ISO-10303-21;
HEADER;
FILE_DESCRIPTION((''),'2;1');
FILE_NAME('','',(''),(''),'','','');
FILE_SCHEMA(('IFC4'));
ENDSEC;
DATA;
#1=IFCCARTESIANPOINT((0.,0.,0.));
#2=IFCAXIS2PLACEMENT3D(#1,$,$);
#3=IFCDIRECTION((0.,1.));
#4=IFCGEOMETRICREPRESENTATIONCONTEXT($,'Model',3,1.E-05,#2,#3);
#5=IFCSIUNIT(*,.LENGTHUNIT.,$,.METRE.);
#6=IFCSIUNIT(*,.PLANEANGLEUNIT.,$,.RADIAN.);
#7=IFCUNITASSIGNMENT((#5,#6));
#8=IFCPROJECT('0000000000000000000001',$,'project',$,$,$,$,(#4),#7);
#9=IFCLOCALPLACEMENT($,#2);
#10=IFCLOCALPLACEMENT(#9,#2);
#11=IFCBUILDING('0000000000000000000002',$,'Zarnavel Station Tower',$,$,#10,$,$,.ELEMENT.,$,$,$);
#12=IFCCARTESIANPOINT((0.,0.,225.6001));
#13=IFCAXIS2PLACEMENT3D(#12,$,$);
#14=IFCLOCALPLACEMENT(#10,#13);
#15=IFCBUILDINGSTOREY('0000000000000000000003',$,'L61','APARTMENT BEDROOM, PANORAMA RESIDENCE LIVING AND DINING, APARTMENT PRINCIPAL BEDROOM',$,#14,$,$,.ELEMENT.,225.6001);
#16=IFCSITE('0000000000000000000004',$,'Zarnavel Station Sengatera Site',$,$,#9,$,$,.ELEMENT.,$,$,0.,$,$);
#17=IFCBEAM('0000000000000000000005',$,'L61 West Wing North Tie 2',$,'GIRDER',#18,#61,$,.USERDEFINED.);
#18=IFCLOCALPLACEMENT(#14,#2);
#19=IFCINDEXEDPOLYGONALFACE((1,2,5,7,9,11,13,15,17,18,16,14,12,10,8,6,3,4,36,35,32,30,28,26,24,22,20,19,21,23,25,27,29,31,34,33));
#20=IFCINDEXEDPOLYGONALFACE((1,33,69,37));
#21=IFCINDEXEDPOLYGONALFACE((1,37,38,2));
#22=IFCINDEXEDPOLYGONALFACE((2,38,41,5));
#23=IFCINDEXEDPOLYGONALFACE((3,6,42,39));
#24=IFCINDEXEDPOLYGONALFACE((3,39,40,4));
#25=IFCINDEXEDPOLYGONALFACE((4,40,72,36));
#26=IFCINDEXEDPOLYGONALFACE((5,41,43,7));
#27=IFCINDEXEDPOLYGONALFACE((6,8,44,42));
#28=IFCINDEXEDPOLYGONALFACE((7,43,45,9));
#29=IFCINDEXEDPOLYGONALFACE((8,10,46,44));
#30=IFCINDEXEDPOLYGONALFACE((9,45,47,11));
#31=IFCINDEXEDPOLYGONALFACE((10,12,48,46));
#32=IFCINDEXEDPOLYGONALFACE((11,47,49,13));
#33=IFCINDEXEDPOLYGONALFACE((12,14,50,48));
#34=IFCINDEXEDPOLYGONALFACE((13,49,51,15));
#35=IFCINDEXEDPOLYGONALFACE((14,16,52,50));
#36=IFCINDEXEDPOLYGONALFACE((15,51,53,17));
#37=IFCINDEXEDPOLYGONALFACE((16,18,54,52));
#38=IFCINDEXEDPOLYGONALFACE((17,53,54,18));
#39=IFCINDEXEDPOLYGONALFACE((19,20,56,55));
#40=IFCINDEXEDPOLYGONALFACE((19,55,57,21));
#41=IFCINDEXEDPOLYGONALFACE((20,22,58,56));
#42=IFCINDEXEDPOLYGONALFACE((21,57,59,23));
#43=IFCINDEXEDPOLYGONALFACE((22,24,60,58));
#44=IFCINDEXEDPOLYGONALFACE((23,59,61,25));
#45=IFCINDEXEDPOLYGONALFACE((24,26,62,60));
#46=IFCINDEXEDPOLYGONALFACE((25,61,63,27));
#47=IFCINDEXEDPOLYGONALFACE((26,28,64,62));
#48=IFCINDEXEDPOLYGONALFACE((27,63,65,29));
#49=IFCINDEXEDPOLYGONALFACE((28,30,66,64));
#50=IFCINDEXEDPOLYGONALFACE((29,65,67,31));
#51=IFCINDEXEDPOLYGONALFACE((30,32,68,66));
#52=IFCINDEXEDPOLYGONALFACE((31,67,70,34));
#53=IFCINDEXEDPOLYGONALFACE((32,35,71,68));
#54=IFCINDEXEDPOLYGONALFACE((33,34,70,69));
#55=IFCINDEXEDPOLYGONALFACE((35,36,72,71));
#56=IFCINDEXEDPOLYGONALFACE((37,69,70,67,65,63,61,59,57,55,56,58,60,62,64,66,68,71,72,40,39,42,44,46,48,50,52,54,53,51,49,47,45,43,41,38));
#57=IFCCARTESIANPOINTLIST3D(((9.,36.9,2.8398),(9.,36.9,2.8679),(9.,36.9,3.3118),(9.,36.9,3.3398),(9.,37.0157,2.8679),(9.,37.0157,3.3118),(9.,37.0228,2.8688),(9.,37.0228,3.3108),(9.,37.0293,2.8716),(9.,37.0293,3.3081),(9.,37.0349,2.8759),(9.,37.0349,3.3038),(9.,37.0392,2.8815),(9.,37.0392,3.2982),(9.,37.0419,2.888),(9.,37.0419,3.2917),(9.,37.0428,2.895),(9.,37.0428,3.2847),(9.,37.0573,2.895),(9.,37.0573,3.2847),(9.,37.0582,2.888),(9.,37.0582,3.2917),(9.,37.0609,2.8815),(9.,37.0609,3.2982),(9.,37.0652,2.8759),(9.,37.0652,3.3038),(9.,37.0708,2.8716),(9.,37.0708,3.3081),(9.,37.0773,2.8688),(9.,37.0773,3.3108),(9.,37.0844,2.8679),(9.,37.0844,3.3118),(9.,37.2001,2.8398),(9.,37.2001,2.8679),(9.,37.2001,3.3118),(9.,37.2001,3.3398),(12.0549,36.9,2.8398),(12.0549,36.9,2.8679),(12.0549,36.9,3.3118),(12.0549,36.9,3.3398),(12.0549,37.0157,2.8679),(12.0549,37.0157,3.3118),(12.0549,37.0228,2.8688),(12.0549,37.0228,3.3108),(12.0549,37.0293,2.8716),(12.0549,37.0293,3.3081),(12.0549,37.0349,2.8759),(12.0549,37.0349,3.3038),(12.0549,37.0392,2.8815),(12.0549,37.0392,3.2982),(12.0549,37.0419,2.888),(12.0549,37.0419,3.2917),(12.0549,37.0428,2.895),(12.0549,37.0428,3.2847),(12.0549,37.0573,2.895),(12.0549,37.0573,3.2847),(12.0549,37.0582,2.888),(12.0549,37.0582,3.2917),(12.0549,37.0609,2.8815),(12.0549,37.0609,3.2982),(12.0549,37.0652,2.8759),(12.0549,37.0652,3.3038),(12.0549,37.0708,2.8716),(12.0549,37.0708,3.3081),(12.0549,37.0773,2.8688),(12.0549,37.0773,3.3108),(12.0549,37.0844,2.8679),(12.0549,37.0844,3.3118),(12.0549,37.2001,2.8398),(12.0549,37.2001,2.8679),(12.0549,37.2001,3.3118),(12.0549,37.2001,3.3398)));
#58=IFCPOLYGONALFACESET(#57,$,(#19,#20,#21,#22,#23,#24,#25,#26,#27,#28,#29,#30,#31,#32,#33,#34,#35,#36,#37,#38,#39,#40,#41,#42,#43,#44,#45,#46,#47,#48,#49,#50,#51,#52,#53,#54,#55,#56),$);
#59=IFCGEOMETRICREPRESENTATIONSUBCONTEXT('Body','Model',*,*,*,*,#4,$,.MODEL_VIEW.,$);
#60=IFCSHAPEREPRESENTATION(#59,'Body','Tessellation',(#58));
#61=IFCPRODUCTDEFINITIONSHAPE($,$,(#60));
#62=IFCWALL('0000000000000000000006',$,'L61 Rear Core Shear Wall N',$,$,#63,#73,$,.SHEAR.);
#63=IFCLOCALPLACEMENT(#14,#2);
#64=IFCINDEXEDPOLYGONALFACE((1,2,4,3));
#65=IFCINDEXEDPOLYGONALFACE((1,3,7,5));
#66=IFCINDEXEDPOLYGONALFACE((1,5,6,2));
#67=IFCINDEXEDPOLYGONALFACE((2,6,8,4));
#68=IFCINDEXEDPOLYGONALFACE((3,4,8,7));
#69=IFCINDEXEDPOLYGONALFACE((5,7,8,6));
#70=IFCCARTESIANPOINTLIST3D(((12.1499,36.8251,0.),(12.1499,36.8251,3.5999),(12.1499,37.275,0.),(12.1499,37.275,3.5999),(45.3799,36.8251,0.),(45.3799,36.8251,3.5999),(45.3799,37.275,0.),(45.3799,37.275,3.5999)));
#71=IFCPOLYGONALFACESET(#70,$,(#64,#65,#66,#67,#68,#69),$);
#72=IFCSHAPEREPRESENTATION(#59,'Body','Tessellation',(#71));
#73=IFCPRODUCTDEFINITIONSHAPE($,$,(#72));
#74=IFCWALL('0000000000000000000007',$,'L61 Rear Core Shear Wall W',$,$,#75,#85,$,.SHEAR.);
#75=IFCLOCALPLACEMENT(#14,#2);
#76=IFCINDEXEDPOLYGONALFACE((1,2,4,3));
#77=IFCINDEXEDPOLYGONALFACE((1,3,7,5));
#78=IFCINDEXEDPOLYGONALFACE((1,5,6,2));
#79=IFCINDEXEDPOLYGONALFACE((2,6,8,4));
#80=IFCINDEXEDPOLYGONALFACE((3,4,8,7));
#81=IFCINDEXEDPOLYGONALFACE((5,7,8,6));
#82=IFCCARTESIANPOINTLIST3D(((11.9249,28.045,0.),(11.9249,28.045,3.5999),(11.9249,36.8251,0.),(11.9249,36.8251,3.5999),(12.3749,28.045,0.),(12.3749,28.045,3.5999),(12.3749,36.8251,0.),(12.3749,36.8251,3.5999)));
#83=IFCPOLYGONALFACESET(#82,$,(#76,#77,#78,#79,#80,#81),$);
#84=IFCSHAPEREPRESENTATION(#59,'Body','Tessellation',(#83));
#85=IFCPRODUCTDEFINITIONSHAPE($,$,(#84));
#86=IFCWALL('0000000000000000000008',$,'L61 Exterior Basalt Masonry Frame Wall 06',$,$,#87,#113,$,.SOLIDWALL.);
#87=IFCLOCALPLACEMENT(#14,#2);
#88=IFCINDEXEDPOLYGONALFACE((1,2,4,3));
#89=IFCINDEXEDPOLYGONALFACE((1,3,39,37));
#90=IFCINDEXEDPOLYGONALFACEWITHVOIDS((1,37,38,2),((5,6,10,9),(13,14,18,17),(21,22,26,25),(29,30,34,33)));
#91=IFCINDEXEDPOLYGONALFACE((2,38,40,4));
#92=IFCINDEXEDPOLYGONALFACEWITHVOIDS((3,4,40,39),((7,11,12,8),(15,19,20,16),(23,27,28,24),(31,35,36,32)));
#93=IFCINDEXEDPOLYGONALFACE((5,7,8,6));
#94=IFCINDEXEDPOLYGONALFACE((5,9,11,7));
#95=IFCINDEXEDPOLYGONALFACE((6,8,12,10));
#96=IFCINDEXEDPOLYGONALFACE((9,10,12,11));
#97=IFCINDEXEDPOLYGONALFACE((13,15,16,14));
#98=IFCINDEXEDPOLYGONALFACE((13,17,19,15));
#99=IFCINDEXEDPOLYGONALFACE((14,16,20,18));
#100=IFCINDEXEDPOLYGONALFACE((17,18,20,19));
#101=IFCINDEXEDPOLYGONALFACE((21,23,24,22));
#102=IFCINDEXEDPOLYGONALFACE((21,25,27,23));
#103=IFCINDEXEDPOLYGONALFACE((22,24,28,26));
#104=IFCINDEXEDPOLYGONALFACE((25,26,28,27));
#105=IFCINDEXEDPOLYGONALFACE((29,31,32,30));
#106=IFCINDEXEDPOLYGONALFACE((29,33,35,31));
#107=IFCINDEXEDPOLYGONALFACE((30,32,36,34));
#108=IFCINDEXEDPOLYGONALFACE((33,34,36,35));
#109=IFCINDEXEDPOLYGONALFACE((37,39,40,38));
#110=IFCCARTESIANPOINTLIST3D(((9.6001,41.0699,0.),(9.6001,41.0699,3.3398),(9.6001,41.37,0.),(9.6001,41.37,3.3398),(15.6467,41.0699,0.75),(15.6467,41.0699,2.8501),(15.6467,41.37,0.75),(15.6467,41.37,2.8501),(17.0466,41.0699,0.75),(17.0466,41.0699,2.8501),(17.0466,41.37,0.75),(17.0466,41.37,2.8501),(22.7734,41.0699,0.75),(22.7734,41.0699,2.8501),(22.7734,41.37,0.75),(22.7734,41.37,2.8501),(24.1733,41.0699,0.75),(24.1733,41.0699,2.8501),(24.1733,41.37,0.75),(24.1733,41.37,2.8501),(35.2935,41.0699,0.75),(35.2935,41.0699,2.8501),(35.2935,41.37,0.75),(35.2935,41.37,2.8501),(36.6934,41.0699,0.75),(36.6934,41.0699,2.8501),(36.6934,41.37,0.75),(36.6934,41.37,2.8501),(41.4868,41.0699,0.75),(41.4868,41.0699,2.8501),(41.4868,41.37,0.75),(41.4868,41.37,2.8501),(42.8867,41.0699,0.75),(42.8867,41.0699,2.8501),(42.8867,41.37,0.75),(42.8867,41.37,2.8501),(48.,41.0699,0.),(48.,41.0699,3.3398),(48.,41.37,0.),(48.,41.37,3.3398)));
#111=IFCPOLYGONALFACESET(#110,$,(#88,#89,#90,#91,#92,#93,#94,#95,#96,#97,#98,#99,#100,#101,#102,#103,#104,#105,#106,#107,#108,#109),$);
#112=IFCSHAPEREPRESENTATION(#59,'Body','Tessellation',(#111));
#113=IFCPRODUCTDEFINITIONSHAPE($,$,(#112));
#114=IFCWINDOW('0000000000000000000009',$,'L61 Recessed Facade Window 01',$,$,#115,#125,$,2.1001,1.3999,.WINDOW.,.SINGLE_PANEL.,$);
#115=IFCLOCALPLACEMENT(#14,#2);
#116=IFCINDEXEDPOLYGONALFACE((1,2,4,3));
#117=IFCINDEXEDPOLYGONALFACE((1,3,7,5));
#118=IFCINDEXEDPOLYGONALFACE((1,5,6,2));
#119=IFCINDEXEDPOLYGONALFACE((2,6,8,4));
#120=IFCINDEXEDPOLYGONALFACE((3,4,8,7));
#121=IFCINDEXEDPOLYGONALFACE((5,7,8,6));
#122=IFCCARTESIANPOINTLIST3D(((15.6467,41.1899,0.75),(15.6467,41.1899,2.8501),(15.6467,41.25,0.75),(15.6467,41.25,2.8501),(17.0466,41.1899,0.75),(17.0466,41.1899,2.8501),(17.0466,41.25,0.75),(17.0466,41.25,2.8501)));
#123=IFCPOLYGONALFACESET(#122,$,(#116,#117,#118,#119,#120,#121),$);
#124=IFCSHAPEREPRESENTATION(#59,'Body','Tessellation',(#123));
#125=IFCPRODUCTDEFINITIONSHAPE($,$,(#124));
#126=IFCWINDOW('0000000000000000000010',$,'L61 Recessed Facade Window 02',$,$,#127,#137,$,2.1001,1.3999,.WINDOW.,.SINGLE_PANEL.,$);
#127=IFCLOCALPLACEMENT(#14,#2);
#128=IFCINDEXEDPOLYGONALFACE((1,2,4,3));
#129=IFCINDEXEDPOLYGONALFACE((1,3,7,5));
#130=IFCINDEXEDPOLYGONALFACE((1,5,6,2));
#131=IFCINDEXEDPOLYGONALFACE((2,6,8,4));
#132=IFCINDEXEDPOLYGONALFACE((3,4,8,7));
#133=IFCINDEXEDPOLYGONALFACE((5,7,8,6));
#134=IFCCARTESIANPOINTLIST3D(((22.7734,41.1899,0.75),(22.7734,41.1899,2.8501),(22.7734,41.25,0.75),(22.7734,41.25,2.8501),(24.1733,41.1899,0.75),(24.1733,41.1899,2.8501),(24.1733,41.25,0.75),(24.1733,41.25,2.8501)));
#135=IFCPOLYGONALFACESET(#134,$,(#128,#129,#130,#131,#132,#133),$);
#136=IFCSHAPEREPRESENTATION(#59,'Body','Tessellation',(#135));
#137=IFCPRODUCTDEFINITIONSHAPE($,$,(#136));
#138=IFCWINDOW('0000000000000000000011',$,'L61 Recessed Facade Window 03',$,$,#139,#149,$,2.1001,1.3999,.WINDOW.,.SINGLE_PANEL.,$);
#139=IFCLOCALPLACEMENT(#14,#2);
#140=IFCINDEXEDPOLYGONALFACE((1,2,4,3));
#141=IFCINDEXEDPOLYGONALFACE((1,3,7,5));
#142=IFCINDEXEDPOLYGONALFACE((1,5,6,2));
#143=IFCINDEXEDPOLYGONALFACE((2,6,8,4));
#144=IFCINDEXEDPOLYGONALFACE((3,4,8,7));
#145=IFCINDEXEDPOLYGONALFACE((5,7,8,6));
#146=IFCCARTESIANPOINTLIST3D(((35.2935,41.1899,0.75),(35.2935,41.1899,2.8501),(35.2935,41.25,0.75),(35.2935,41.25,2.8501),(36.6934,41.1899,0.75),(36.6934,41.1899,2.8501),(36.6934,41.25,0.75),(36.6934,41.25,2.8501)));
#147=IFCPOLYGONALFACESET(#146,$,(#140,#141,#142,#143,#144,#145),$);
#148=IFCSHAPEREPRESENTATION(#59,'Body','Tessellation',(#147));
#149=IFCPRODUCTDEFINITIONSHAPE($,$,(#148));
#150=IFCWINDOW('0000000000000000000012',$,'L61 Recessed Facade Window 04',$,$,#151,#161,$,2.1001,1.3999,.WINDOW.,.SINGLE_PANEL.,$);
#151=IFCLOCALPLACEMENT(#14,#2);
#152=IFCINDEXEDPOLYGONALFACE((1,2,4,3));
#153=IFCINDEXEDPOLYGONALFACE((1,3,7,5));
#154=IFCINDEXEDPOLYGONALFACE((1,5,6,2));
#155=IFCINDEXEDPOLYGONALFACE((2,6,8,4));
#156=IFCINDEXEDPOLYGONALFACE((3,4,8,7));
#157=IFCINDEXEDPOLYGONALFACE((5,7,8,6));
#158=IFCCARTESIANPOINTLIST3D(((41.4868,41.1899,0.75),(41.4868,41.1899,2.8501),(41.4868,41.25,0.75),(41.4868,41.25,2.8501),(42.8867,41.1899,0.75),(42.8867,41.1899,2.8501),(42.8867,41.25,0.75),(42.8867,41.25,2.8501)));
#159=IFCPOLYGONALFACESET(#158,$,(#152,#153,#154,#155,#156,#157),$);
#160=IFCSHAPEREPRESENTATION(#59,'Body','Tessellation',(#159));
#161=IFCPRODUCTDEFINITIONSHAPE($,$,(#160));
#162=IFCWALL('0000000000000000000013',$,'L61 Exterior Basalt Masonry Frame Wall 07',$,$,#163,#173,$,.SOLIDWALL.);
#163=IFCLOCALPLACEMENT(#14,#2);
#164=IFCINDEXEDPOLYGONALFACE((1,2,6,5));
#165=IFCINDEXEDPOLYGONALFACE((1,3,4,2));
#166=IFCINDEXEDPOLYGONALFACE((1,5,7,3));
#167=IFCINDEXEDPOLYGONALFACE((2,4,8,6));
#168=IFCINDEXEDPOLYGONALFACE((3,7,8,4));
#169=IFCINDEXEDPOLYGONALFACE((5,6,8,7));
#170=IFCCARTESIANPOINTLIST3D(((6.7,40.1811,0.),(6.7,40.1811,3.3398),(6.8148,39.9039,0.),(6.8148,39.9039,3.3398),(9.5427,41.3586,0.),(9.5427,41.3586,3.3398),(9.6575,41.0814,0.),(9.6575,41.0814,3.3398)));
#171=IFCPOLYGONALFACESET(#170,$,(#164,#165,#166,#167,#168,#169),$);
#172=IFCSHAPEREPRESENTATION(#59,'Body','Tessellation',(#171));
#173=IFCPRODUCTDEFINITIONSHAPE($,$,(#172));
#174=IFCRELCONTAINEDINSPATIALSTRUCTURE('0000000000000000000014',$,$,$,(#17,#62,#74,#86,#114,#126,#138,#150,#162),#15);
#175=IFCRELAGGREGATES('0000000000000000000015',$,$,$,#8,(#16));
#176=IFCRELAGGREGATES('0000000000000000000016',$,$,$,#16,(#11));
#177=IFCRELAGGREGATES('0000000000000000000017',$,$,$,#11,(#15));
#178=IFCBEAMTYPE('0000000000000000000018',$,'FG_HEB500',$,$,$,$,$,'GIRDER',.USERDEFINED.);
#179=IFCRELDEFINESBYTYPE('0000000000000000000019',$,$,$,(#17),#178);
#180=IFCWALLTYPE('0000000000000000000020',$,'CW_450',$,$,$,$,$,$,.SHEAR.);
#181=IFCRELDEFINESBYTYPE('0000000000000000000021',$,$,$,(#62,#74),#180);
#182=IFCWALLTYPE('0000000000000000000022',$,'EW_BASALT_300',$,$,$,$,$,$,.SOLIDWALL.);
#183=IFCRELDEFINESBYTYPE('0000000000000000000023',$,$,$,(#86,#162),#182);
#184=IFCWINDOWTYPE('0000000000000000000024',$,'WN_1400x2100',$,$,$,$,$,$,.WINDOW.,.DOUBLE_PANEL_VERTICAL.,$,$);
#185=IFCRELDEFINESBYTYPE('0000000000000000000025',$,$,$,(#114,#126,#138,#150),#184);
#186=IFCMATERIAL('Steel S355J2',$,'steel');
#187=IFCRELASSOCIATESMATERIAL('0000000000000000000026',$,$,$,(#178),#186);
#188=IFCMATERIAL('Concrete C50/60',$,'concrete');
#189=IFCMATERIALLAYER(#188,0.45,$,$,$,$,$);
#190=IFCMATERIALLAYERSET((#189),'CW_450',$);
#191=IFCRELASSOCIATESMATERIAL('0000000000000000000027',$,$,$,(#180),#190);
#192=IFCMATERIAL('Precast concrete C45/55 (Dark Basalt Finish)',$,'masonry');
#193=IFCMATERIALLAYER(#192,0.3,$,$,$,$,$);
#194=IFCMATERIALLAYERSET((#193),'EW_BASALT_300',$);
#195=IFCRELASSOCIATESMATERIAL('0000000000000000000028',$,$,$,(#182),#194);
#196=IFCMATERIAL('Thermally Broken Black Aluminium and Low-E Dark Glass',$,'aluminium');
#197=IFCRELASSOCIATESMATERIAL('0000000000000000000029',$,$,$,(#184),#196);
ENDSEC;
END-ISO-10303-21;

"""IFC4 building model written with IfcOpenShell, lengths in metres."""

from ifc_helpers import new_model, si_unit, direction, frame, frame_2d, origin, origin_2d, place, context, subcontext, project, spatial, rectangle, i_section, extrude, material, layer, layer_set, material_profile, profile_set, type_object, element, fill, save


model = new_model("IFC4")

# Units and contexts
model_context = context("Model", 3, precision=1e-05, world=origin(), true_north=direction((0.0, 1.0)))
body_context = subcontext(model_context, "Body", "Model", "MODEL_VIEW")
ifc_project = project(units=[si_unit("LENGTHUNIT", "METRE"), si_unit("PLANEANGLEUNIT", "RADIAN")], contexts=[model_context])

# Site, building, storey
site_placement = place(None, origin())
site = spatial("IfcSite", under=ifc_project, at=site_placement, Name="Zarnavel Station Sengatera Site", CompositionType="ELEMENT", RefElevation=0.0)
building_placement = place(site_placement, origin())
building = spatial("IfcBuilding", under=site, at=building_placement, Name="Zarnavel Station Tower", CompositionType="ELEMENT")
storey_placement = place(building_placement, frame((0.0, 0.0, 225.6001)))
storey = spatial("IfcBuildingStorey", under=building, at=storey_placement, Name="L61", Description="APARTMENT BEDROOM, PANORAMA RESIDENCE LIVING AND DINING, APARTMENT PRINCIPAL BEDROOM", CompositionType="ELEMENT", Elevation=225.6001)

# Beam
ifc_material_1 = material(Name="Steel S355J2", Category="steel")
ifc_material_profile_1 = material_profile(ifc_material_1, i_section(OverallWidth=0.3, OverallDepth=0.5, WebThickness=0.0144, FlangeThickness=0.0281, FilletRadius=0.0271, at=origin_2d()), Name="HEB500")
ifc_profile_set_1 = profile_set([ifc_material_profile_1], Name="Steel S355J2")
beam_type = type_object("IfcBeamType", Name="FG_HEB500", ElementType="GIRDER", PredefinedType="USERDEFINED", material=ifc_profile_set_1)
beam_1_placement = place(storey_placement, frame((9.0, 37.05, 3.0898), z_axis=(1.0, 0.0, 0.0), x_axis=(0.0, 1.0, 0.0)))
element("IfcBeam", 1, at=beam_1_placement, inside=storey, type_object=beam_type, Name="L61 West Wing North Tie 2", ObjectType="GIRDER", PredefinedType="USERDEFINED", context=body_context, shape_type="SweptSolid", body=[
    extrude(i_section(OverallWidth=0.3, OverallDepth=0.5, WebThickness=0.0144, FlangeThickness=0.0281, FilletRadius=0.0271, at=origin_2d()), origin(), (0.0, 0.0, 1.0), 3.0549),
])

# Walls
ifc_material_2 = material(Name="Concrete C50/60", Category="concrete")
ifc_layer_1 = layer(ifc_material_2, 0.45)
ifc_layer_set_1 = layer_set([ifc_layer_1], Name="CW_450")
wall_type_1 = type_object("IfcWallType", Name="CW_450", PredefinedType="SHEAR", material=ifc_layer_set_1)
wall_1_placement = place(storey_placement, frame((12.1499, 37.05, 0.0), z_axis=(0.0, 0.0, 1.0), x_axis=(1.0, 0.0, 0.0)))
element("IfcWall", 2, at=wall_1_placement, inside=storey, type_object=wall_type_1, Name="L61 Rear Core Shear Wall N", PredefinedType="SHEAR", context=body_context, shape_type="SweptSolid", body=[
    extrude(rectangle(XDim=33.23, YDim=0.45, at=frame_2d((16.615, 0.0))), origin(), (0.0, 0.0, 1.0), 3.5999),
])
wall_2_placement = place(storey_placement, frame((12.1499, 28.0449, 0.0), z_axis=(0.0, 0.0, 1.0), x_axis=(0.0, 1.0, 0.0)))
element("IfcWall", 3, at=wall_2_placement, inside=storey, type_object=wall_type_1, Name="L61 Rear Core Shear Wall W", PredefinedType="SHEAR", context=body_context, shape_type="SweptSolid", body=[
    extrude(rectangle(XDim=8.78, YDim=0.45, at=frame_2d((4.3901, 0.0))), origin(), (0.0, 0.0, 1.0), 3.5999),
])

# Wall, openings, windows
ifc_material_3 = material(Name="Precast concrete C45/55 (Dark Basalt Finish)", Category="masonry")
ifc_layer_2 = layer(ifc_material_3, 0.3)
ifc_layer_set_2 = layer_set([ifc_layer_2], Name="EW_BASALT_300")
wall_type_2 = type_object("IfcWallType", Name="EW_BASALT_300", PredefinedType="SOLIDWALL", material=ifc_layer_set_2)
wall_3_placement = place(storey_placement, frame((9.6001, 41.22, 0.0), z_axis=(0.0, 0.0, 1.0), x_axis=(1.0, 0.0, 0.0)))
wall_3 = element("IfcWall", 4, at=wall_3_placement, inside=storey, type_object=wall_type_2, Name="L61 Exterior Basalt Masonry Frame Wall 06", PredefinedType="SOLIDWALL", context=body_context, shape_type="SweptSolid", body=[
    extrude(rectangle(XDim=38.3999, YDim=0.3, at=frame_2d((19.2, 0.0))), origin(), (0.0, 0.0, 1.0), 3.3398),
])
opening_1_placement = place(wall_3_placement, frame((6.0466, 0.0, 0.75)))
opening_1 = element("IfcOpeningElement", 5, at=opening_1_placement, cuts=wall_3, PredefinedType="OPENING", context=body_context, shape_type="SweptSolid", body=[
    extrude(rectangle(XDim=1.3999, YDim=2.1001, at=frame_2d((0.7, 1.05))), frame((0.0, 0.1599, 0.0), z_axis=(0.0, -1.0, 0.0), x_axis=(1.0, 0.0, 0.0)), (0.0, 0.0, 1.0), 0.3201),
])
opening_2_placement = place(wall_3_placement, frame((13.1733, 0.0, 0.75)))
opening_2 = element("IfcOpeningElement", 6, at=opening_2_placement, cuts=wall_3, PredefinedType="OPENING", context=body_context, shape_type="SweptSolid", body=[
    extrude(rectangle(XDim=1.3999, YDim=2.1001, at=frame_2d((0.7, 1.05))), frame((0.0, 0.1599, 0.0), z_axis=(0.0, -1.0, 0.0), x_axis=(1.0, 0.0, 0.0)), (0.0, 0.0, 1.0), 0.3201),
])
opening_3_placement = place(wall_3_placement, frame((25.6934, 0.0, 0.75)))
opening_3 = element("IfcOpeningElement", 7, at=opening_3_placement, cuts=wall_3, PredefinedType="OPENING", context=body_context, shape_type="SweptSolid", body=[
    extrude(rectangle(XDim=1.3999, YDim=2.1001, at=frame_2d((0.7, 1.05))), frame((0.0, 0.1599, 0.0), z_axis=(0.0, -1.0, 0.0), x_axis=(1.0, 0.0, 0.0)), (0.0, 0.0, 1.0), 0.3201),
])
opening_4_placement = place(wall_3_placement, frame((31.8867, 0.0, 0.75)))
opening_4 = element("IfcOpeningElement", 8, at=opening_4_placement, cuts=wall_3, PredefinedType="OPENING", context=body_context, shape_type="SweptSolid", body=[
    extrude(rectangle(XDim=1.3999, YDim=2.1001, at=frame_2d((0.7, 1.05))), frame((0.0, 0.1599, 0.0), z_axis=(0.0, -1.0, 0.0), x_axis=(1.0, 0.0, 0.0)), (0.0, 0.0, 1.0), 0.3201),
])
ifc_material_4 = material(Name="Thermally Broken Black Aluminium and Low-E Dark Glass", Category="aluminium")
window_type = type_object("IfcWindowType", Name="WN_1400x2100", PartitioningType="DOUBLE_PANEL_VERTICAL", PredefinedType="WINDOW", material=ifc_material_4)
window_1_placement = place(opening_1_placement, origin())
window_1 = element("IfcWindow", 9, at=window_1_placement, inside=storey, type_object=window_type, Name="L61 Recessed Facade Window 01", OverallHeight=2.1001, OverallWidth=1.3999, PartitioningType="SINGLE_PANEL", PredefinedType="WINDOW", context=body_context, shape_type="SweptSolid", body=[
    extrude(rectangle(XDim=1.3999, YDim=2.1001, at=frame_2d((0.7, 1.05))), frame((0.0, 0.03, 0.0), z_axis=(0.0, -1.0, 0.0), x_axis=(1.0, 0.0, 0.0)), (0.0, 0.0, 1.0), 0.0601),
])
fill(opening_1, window_1)
window_2_placement = place(opening_2_placement, origin())
window_2 = element("IfcWindow", 10, at=window_2_placement, inside=storey, type_object=window_type, Name="L61 Recessed Facade Window 02", OverallHeight=2.1001, OverallWidth=1.3999, PartitioningType="SINGLE_PANEL", PredefinedType="WINDOW", context=body_context, shape_type="SweptSolid", body=[
    extrude(rectangle(XDim=1.3999, YDim=2.1001, at=frame_2d((0.7, 1.05))), frame((0.0, 0.03, 0.0), z_axis=(0.0, -1.0, 0.0), x_axis=(1.0, 0.0, 0.0)), (0.0, 0.0, 1.0), 0.0601),
])
fill(opening_2, window_2)
window_3_placement = place(opening_3_placement, origin())
window_3 = element("IfcWindow", 11, at=window_3_placement, inside=storey, type_object=window_type, Name="L61 Recessed Facade Window 03", OverallHeight=2.1001, OverallWidth=1.3999, PartitioningType="SINGLE_PANEL", PredefinedType="WINDOW", context=body_context, shape_type="SweptSolid", body=[
    extrude(rectangle(XDim=1.3999, YDim=2.1001, at=frame_2d((0.7, 1.05))), frame((0.0, 0.03, 0.0), z_axis=(0.0, -1.0, 0.0), x_axis=(1.0, 0.0, 0.0)), (0.0, 0.0, 1.0), 0.0601),
])
fill(opening_3, window_3)
window_4_placement = place(opening_4_placement, origin())
window_4 = element("IfcWindow", 12, at=window_4_placement, inside=storey, type_object=window_type, Name="L61 Recessed Facade Window 04", OverallHeight=2.1001, OverallWidth=1.3999, PartitioningType="SINGLE_PANEL", PredefinedType="WINDOW", context=body_context, shape_type="SweptSolid", body=[
    extrude(rectangle(XDim=1.3999, YDim=2.1001, at=frame_2d((0.7, 1.05))), frame((0.0, 0.03, 0.0), z_axis=(0.0, -1.0, 0.0), x_axis=(1.0, 0.0, 0.0)), (0.0, 0.0, 1.0), 0.0601),
])
fill(opening_4, window_4)

# Wall
wall_4_placement = place(storey_placement, frame((6.7573, 40.0425, 0.0), z_axis=(0.0, 0.0, 1.0), x_axis=(0.923882, 0.382676, 0.0)))
element("IfcWall", 13, at=wall_4_placement, inside=storey, type_object=wall_type_2, Name="L61 Exterior Basalt Masonry Frame Wall 07", PredefinedType="SOLIDWALL", context=body_context, shape_type="SweptSolid", body=[
    extrude(rectangle(XDim=3.0769, YDim=0.3, at=frame_2d((1.5386, 0.0))), origin(), (0.0, 0.0, 1.0), 3.3398),
])

save(model, "model.ifc")
